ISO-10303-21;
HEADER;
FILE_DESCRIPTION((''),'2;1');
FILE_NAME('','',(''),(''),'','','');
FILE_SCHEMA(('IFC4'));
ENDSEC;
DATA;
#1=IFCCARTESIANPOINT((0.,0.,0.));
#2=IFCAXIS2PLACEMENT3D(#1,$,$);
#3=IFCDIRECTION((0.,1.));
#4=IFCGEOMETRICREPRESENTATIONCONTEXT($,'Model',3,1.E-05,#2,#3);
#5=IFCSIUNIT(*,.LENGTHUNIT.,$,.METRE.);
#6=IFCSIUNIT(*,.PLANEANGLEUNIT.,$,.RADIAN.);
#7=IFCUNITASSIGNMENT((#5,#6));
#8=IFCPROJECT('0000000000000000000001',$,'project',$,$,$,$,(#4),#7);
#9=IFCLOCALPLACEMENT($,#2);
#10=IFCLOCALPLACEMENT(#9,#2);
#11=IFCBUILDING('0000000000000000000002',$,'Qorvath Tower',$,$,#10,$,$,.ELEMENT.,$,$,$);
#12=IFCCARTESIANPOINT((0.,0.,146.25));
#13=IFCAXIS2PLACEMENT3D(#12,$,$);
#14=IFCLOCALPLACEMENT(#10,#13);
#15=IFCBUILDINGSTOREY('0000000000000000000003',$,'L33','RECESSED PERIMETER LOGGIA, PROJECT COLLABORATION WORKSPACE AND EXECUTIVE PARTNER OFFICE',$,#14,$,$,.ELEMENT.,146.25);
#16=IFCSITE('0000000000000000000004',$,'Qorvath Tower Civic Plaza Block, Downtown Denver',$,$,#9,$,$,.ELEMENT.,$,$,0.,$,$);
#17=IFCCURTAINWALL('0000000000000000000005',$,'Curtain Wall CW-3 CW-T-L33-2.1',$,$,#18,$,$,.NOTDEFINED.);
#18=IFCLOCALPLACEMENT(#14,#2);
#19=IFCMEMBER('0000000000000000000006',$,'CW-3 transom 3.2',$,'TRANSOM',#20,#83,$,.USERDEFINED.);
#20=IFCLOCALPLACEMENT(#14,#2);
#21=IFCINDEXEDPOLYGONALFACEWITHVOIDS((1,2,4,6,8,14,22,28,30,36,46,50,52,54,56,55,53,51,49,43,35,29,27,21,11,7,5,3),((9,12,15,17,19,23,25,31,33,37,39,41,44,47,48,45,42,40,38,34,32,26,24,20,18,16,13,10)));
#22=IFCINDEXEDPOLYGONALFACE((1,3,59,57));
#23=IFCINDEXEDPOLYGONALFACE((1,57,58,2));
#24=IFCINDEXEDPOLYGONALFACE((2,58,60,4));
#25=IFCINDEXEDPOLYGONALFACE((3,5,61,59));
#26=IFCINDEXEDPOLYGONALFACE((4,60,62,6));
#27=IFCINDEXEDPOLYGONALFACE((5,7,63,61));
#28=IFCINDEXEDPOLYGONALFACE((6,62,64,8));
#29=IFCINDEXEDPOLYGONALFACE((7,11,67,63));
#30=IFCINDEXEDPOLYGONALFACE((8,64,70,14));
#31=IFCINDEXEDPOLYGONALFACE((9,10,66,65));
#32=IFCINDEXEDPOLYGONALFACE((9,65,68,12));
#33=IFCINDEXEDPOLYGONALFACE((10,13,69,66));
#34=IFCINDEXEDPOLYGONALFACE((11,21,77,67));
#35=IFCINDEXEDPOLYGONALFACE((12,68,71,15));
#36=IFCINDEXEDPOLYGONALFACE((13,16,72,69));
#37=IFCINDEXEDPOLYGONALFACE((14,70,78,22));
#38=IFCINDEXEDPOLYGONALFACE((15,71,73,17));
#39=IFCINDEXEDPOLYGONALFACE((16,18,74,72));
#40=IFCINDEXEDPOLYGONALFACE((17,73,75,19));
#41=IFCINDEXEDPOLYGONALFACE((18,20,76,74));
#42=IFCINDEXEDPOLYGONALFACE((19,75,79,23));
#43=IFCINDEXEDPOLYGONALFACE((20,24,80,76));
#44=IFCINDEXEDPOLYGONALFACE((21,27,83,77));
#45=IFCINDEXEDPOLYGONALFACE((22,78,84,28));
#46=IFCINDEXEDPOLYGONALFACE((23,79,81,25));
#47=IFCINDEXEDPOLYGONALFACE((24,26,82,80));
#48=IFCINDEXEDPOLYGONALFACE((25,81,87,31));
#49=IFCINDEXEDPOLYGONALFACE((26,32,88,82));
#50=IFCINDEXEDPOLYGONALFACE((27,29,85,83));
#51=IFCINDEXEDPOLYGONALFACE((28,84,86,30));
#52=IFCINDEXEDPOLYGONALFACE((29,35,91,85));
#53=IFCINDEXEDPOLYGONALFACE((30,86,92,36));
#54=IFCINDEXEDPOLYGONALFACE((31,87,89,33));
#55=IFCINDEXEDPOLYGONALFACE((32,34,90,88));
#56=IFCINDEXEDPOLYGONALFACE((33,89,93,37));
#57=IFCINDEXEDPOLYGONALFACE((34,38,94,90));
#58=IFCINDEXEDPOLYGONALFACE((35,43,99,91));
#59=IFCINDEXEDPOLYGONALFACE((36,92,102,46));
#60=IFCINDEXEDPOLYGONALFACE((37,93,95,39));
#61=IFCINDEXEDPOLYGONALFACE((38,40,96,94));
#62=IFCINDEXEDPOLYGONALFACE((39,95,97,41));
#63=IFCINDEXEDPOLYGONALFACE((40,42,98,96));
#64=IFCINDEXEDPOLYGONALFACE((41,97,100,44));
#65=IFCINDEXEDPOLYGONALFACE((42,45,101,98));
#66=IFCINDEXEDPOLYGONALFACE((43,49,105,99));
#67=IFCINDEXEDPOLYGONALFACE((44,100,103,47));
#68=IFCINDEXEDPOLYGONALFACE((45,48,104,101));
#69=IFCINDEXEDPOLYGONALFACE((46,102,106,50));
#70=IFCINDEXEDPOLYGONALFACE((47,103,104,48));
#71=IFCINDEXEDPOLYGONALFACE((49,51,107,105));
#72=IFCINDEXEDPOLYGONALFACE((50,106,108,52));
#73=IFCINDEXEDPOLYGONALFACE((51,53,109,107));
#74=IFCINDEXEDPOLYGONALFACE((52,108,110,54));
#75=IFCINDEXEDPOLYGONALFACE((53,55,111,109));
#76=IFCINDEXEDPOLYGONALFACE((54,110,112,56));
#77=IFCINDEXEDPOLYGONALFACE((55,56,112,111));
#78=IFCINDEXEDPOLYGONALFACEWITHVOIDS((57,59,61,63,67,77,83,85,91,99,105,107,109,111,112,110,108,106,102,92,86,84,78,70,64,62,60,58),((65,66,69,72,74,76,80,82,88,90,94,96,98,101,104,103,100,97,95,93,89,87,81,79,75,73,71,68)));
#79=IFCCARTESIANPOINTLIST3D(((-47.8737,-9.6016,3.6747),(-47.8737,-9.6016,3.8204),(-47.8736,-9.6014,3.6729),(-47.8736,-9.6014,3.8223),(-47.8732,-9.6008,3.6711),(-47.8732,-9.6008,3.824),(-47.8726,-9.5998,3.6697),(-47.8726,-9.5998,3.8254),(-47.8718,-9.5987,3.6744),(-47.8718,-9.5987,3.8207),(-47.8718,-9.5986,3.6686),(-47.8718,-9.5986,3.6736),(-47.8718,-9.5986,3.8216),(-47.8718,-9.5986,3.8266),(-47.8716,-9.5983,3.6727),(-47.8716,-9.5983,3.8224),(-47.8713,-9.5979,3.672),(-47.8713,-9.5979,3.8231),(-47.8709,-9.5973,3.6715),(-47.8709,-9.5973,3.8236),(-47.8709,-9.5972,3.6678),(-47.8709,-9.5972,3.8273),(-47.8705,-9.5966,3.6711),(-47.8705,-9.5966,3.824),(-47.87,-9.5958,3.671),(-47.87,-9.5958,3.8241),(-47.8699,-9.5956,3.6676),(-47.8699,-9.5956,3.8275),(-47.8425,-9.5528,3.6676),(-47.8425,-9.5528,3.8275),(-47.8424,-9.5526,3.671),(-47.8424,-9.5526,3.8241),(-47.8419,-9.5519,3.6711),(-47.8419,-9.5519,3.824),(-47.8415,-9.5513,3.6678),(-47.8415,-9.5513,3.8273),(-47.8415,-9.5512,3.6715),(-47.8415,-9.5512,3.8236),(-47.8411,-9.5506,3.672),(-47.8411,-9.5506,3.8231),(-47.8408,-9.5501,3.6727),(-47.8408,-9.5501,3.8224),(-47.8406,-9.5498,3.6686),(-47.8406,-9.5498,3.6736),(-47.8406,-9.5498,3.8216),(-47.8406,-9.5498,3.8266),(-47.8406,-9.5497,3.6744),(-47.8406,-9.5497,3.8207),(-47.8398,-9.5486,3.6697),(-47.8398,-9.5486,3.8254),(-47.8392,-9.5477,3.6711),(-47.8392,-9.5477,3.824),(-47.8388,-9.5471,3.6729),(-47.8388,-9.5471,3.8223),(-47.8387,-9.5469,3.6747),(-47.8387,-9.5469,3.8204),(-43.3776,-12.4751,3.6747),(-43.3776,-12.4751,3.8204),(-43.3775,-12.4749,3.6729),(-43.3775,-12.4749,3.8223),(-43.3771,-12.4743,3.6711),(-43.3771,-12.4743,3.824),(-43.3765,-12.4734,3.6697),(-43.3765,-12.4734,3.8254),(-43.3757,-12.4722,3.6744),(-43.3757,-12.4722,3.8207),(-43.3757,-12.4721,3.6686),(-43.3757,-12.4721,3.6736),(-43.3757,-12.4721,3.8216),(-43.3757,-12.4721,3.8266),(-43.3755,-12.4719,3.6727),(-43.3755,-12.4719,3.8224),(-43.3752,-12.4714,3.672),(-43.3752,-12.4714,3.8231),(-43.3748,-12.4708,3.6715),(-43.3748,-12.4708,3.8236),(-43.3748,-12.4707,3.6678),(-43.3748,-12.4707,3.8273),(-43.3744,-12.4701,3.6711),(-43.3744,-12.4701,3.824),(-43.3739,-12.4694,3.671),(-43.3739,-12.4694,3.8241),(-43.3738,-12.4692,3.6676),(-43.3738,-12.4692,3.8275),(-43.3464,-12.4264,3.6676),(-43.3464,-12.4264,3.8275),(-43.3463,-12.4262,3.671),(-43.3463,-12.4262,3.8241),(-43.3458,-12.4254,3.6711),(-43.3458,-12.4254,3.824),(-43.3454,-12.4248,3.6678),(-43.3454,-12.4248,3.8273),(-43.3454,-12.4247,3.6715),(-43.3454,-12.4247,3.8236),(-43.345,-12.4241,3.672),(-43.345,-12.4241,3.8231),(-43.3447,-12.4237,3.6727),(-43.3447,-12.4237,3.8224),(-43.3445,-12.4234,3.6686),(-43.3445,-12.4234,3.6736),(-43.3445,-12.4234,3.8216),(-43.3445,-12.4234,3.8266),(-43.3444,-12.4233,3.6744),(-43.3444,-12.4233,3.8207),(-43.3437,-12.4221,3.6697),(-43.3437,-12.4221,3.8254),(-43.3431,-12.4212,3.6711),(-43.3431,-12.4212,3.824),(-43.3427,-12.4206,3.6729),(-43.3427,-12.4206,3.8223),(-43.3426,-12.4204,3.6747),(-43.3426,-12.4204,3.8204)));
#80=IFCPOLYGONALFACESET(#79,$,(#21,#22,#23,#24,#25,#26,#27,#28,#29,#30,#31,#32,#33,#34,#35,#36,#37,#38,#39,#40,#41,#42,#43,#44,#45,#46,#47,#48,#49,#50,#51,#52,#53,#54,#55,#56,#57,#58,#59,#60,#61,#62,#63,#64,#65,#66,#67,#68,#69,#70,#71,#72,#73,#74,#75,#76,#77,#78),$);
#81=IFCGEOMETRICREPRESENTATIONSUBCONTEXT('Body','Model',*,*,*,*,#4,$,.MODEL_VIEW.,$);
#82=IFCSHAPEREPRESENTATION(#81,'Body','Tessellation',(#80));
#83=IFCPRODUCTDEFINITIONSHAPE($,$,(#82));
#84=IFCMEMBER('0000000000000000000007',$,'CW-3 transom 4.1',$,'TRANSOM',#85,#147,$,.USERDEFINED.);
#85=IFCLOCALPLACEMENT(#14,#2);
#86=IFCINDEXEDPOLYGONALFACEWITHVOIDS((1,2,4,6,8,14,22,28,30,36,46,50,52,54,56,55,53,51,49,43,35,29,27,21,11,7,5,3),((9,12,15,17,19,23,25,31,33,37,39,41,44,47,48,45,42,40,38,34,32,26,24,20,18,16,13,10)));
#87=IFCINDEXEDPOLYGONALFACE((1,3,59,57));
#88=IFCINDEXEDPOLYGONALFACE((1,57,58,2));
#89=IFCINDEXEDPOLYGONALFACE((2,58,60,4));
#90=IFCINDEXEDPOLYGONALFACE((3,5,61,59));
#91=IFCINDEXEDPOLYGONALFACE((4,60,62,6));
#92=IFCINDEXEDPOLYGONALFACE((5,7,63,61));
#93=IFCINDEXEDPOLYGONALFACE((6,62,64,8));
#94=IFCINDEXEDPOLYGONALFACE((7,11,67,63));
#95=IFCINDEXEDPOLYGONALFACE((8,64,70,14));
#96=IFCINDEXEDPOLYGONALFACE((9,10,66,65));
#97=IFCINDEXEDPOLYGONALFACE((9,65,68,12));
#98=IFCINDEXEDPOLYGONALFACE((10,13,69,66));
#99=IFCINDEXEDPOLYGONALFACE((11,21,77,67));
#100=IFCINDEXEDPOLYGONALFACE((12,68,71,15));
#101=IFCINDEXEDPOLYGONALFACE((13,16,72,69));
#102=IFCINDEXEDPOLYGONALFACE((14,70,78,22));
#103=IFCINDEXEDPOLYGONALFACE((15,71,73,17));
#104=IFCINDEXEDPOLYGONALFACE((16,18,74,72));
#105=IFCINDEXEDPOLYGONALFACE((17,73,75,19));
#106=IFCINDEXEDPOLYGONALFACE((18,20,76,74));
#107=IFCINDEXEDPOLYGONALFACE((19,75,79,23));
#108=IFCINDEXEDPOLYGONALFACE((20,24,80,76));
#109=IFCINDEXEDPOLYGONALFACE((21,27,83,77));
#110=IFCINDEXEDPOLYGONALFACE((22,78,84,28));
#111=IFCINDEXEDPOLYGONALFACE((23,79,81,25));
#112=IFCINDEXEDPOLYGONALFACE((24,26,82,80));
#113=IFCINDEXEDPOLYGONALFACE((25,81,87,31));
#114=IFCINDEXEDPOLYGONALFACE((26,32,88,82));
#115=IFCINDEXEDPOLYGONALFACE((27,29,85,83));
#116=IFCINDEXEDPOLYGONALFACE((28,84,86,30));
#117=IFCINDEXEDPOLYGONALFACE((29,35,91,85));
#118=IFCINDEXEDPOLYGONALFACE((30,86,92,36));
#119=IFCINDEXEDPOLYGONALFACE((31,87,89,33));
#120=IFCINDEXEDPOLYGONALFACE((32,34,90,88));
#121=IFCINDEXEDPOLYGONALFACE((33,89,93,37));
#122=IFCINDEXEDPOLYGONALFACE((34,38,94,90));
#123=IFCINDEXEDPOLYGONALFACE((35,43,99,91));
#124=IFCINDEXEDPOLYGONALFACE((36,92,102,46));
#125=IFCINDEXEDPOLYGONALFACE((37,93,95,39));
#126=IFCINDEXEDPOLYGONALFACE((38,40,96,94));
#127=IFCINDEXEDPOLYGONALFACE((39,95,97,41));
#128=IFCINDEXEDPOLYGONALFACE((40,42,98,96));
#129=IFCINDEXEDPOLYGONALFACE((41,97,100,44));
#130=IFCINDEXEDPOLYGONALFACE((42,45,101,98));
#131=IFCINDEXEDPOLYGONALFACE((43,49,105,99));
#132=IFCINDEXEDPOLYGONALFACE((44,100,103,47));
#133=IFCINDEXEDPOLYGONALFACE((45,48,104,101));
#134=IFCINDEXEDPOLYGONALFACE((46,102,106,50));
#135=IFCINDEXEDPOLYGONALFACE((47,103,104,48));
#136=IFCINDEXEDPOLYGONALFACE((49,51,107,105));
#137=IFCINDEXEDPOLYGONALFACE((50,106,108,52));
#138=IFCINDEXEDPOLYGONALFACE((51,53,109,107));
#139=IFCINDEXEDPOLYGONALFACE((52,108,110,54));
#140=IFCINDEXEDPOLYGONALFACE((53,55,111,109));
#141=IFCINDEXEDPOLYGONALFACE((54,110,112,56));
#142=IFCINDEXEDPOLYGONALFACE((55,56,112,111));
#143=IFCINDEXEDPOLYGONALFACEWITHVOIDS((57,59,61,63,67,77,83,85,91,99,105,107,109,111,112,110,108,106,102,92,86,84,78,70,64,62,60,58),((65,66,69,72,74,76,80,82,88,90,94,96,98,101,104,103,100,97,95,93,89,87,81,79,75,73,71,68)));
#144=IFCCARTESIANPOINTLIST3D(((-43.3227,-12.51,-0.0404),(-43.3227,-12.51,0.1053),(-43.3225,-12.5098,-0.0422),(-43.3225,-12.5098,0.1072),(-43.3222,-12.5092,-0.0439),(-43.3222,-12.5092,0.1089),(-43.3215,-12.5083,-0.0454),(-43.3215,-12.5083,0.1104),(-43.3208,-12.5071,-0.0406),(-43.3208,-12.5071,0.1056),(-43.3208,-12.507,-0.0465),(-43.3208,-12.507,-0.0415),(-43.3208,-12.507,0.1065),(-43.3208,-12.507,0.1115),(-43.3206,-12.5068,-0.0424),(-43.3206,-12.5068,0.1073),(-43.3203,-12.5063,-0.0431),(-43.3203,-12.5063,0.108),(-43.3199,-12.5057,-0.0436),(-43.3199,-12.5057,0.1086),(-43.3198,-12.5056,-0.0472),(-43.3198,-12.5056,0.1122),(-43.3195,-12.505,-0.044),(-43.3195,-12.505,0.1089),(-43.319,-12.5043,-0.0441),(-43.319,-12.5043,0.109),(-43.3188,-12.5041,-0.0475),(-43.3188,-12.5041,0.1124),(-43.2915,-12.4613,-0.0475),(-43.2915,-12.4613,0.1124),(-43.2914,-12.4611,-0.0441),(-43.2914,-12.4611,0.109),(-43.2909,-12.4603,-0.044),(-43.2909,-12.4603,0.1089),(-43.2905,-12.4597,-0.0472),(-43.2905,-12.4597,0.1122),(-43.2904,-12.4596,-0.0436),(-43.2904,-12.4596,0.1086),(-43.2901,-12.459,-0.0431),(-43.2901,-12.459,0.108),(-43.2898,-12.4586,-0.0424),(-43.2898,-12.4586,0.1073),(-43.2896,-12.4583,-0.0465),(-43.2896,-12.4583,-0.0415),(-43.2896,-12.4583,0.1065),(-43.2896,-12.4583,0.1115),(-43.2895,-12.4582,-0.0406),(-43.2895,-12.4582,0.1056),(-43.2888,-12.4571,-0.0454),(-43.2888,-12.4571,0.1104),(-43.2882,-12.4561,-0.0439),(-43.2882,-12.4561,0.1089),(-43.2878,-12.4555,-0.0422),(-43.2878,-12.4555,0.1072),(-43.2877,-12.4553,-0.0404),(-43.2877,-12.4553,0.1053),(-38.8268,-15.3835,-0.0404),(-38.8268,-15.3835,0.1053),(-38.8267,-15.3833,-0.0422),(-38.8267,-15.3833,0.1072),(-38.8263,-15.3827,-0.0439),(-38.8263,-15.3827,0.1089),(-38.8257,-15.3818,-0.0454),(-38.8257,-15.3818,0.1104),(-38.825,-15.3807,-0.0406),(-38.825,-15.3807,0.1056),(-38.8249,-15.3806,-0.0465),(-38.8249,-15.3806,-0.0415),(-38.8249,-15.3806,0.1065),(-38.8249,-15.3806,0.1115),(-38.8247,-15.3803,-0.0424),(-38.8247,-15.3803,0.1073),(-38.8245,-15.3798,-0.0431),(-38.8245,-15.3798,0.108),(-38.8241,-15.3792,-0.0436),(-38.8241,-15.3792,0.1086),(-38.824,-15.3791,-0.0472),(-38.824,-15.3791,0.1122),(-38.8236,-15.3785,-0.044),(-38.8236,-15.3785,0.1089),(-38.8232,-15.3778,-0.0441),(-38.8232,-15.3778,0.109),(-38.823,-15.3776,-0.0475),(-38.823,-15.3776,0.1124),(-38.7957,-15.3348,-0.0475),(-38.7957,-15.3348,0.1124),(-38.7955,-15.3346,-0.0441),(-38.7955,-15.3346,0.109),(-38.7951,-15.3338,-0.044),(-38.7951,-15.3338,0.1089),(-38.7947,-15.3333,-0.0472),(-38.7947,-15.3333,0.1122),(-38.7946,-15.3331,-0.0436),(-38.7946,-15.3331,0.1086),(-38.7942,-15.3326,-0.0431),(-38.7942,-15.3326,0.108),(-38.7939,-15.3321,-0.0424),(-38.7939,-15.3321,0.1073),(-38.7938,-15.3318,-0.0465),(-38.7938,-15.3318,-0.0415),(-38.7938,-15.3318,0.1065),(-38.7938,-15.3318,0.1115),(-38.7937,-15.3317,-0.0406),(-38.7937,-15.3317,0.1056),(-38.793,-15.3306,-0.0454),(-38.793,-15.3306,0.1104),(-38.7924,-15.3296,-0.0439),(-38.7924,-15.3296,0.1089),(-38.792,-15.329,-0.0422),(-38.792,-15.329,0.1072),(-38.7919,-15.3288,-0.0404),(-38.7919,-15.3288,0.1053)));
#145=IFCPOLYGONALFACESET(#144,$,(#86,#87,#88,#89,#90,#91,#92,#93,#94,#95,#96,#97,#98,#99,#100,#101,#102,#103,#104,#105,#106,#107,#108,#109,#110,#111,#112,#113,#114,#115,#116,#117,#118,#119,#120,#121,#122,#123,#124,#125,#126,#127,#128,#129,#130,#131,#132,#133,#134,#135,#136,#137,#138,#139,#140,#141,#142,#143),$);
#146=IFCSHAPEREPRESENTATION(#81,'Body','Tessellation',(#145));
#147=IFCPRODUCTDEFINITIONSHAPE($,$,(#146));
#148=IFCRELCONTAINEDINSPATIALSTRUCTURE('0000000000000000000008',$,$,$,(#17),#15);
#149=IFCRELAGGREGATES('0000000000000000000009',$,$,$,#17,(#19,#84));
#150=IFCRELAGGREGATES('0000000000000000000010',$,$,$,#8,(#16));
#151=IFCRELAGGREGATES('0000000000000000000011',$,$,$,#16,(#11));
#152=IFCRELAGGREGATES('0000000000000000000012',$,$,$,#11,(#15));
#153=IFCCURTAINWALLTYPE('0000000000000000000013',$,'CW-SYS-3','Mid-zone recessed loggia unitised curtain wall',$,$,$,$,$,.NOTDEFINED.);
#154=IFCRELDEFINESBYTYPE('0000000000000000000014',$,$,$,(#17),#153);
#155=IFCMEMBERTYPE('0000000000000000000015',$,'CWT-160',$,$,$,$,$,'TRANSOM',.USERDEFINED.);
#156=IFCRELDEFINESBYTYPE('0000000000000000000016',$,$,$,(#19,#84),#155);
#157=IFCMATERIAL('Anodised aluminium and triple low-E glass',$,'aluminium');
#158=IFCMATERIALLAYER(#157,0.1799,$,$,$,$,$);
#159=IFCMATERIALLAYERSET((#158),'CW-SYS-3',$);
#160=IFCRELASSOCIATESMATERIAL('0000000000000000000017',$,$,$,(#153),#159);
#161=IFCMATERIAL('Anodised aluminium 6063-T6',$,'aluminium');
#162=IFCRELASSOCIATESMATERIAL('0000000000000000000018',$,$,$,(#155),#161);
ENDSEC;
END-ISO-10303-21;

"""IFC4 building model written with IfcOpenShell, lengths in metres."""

from ifc_helpers import new_model, si_unit, direction, frame, origin, origin_2d, place, context, subcontext, project, spatial, hollow_rectangle, extrude, material, layer, layer_set, material_profile, profile_set, type_object, element, aggregate, save


model = new_model("IFC4")

# Units and contexts
model_context = context("Model", 3, precision=1e-05, world=origin(), true_north=direction((0.0, 1.0)))
body_context = subcontext(model_context, "Body", "Model", "MODEL_VIEW")
ifc_project = project(units=[si_unit("LENGTHUNIT", "METRE"), si_unit("PLANEANGLEUNIT", "RADIAN")], contexts=[model_context])

# Site, building, storey
site_placement = place(None, origin())
site = spatial("IfcSite", under=ifc_project, at=site_placement, Name="Qorvath Tower Civic Plaza Block, Downtown Denver", CompositionType="ELEMENT", RefElevation=0.0)
building_placement = place(site_placement, origin())
building = spatial("IfcBuilding", under=site, at=building_placement, Name="Qorvath Tower", CompositionType="ELEMENT")
storey_placement = place(building_placement, frame((0.0, 0.0, 146.25)))
storey = spatial("IfcBuildingStorey", under=building, at=storey_placement, Name="L33", Description="RECESSED PERIMETER LOGGIA, PROJECT COLLABORATION WORKSPACE AND EXECUTIVE PARTNER OFFICE", CompositionType="ELEMENT", Elevation=146.25)

# Curtain wall, members
ifc_material_1 = material(Name="Anodised aluminium and triple low-E glass", Category="aluminium")
ifc_layer_1 = layer(ifc_material_1, 0.1799)
ifc_layer_set_1 = layer_set([ifc_layer_1], Name="CW-SYS-3")
curtain_wall_type = type_object("IfcCurtainWallType", Name="CW-SYS-3", Description="Mid-zone recessed loggia unitised curtain wall", PredefinedType="NOTDEFINED", material=ifc_layer_set_1)
curtain_wall_placement = place(storey_placement, origin())
curtain_wall = element("IfcCurtainWall", 1, at=curtain_wall_placement, inside=storey, type_object=curtain_wall_type, Name="Curtain Wall CW-3 CW-T-L33-2.1", PredefinedType="NOTDEFINED")
ifc_material_2 = material(Name="Anodised aluminium 6063-T6", Category="aluminium")
ifc_material_profile_1 = material_profile(ifc_material_2, hollow_rectangle(XDim=0.0649, YDim=0.1599, WallThickness=0.0034, InnerFilletRadius=0.0034, OuterFilletRadius=0.0071, at=origin_2d()), Name="CWT 160x65")
ifc_profile_set_1 = profile_set([ifc_material_profile_1], Name="Anodised aluminium 6063-T6")
member_type_1 = type_object("IfcMemberType", Name="CWT-160", ElementType="TRANSOM", PredefinedType="USERDEFINED", material=ifc_profile_set_1)
member_1_placement = place(storey_placement, frame((-47.8562, -9.5742, 3.7476), z_axis=(0.842609, -0.538526, 0.0), x_axis=(0.538526, 0.842609, 0.0)))
member_1 = element("IfcMember", 2, at=member_1_placement, type_object=member_type_1, Name="CW-3 transom 3.2", ObjectType="TRANSOM", PredefinedType="USERDEFINED", context=body_context, shape_type="SweptSolid", body=[
    extrude(hollow_rectangle(XDim=0.0649, YDim=0.1599, WallThickness=0.0034, InnerFilletRadius=0.0034, OuterFilletRadius=0.0071, at=origin_2d()), origin(), (0.0, 0.0, 1.0), 5.3359),
])
member_2_placement = place(storey_placement, frame((-43.3052, -12.4827, 0.0325), z_axis=(0.842595, -0.538547, 0.0), x_axis=(0.538547, 0.842595, 0.0)))
member_2 = element("IfcMember", 3, at=member_2_placement, type_object=member_type_1, Name="CW-3 transom 4.1", ObjectType="TRANSOM", PredefinedType="USERDEFINED", context=body_context, shape_type="SweptSolid", body=[
    extrude(hollow_rectangle(XDim=0.0649, YDim=0.1599, WallThickness=0.0034, InnerFilletRadius=0.0034, OuterFilletRadius=0.0071, at=origin_2d()), origin(), (0.0, 0.0, 1.0), 5.3357),
])
aggregate(curtain_wall, [member_1, member_2])

save(model, "model.ifc")
